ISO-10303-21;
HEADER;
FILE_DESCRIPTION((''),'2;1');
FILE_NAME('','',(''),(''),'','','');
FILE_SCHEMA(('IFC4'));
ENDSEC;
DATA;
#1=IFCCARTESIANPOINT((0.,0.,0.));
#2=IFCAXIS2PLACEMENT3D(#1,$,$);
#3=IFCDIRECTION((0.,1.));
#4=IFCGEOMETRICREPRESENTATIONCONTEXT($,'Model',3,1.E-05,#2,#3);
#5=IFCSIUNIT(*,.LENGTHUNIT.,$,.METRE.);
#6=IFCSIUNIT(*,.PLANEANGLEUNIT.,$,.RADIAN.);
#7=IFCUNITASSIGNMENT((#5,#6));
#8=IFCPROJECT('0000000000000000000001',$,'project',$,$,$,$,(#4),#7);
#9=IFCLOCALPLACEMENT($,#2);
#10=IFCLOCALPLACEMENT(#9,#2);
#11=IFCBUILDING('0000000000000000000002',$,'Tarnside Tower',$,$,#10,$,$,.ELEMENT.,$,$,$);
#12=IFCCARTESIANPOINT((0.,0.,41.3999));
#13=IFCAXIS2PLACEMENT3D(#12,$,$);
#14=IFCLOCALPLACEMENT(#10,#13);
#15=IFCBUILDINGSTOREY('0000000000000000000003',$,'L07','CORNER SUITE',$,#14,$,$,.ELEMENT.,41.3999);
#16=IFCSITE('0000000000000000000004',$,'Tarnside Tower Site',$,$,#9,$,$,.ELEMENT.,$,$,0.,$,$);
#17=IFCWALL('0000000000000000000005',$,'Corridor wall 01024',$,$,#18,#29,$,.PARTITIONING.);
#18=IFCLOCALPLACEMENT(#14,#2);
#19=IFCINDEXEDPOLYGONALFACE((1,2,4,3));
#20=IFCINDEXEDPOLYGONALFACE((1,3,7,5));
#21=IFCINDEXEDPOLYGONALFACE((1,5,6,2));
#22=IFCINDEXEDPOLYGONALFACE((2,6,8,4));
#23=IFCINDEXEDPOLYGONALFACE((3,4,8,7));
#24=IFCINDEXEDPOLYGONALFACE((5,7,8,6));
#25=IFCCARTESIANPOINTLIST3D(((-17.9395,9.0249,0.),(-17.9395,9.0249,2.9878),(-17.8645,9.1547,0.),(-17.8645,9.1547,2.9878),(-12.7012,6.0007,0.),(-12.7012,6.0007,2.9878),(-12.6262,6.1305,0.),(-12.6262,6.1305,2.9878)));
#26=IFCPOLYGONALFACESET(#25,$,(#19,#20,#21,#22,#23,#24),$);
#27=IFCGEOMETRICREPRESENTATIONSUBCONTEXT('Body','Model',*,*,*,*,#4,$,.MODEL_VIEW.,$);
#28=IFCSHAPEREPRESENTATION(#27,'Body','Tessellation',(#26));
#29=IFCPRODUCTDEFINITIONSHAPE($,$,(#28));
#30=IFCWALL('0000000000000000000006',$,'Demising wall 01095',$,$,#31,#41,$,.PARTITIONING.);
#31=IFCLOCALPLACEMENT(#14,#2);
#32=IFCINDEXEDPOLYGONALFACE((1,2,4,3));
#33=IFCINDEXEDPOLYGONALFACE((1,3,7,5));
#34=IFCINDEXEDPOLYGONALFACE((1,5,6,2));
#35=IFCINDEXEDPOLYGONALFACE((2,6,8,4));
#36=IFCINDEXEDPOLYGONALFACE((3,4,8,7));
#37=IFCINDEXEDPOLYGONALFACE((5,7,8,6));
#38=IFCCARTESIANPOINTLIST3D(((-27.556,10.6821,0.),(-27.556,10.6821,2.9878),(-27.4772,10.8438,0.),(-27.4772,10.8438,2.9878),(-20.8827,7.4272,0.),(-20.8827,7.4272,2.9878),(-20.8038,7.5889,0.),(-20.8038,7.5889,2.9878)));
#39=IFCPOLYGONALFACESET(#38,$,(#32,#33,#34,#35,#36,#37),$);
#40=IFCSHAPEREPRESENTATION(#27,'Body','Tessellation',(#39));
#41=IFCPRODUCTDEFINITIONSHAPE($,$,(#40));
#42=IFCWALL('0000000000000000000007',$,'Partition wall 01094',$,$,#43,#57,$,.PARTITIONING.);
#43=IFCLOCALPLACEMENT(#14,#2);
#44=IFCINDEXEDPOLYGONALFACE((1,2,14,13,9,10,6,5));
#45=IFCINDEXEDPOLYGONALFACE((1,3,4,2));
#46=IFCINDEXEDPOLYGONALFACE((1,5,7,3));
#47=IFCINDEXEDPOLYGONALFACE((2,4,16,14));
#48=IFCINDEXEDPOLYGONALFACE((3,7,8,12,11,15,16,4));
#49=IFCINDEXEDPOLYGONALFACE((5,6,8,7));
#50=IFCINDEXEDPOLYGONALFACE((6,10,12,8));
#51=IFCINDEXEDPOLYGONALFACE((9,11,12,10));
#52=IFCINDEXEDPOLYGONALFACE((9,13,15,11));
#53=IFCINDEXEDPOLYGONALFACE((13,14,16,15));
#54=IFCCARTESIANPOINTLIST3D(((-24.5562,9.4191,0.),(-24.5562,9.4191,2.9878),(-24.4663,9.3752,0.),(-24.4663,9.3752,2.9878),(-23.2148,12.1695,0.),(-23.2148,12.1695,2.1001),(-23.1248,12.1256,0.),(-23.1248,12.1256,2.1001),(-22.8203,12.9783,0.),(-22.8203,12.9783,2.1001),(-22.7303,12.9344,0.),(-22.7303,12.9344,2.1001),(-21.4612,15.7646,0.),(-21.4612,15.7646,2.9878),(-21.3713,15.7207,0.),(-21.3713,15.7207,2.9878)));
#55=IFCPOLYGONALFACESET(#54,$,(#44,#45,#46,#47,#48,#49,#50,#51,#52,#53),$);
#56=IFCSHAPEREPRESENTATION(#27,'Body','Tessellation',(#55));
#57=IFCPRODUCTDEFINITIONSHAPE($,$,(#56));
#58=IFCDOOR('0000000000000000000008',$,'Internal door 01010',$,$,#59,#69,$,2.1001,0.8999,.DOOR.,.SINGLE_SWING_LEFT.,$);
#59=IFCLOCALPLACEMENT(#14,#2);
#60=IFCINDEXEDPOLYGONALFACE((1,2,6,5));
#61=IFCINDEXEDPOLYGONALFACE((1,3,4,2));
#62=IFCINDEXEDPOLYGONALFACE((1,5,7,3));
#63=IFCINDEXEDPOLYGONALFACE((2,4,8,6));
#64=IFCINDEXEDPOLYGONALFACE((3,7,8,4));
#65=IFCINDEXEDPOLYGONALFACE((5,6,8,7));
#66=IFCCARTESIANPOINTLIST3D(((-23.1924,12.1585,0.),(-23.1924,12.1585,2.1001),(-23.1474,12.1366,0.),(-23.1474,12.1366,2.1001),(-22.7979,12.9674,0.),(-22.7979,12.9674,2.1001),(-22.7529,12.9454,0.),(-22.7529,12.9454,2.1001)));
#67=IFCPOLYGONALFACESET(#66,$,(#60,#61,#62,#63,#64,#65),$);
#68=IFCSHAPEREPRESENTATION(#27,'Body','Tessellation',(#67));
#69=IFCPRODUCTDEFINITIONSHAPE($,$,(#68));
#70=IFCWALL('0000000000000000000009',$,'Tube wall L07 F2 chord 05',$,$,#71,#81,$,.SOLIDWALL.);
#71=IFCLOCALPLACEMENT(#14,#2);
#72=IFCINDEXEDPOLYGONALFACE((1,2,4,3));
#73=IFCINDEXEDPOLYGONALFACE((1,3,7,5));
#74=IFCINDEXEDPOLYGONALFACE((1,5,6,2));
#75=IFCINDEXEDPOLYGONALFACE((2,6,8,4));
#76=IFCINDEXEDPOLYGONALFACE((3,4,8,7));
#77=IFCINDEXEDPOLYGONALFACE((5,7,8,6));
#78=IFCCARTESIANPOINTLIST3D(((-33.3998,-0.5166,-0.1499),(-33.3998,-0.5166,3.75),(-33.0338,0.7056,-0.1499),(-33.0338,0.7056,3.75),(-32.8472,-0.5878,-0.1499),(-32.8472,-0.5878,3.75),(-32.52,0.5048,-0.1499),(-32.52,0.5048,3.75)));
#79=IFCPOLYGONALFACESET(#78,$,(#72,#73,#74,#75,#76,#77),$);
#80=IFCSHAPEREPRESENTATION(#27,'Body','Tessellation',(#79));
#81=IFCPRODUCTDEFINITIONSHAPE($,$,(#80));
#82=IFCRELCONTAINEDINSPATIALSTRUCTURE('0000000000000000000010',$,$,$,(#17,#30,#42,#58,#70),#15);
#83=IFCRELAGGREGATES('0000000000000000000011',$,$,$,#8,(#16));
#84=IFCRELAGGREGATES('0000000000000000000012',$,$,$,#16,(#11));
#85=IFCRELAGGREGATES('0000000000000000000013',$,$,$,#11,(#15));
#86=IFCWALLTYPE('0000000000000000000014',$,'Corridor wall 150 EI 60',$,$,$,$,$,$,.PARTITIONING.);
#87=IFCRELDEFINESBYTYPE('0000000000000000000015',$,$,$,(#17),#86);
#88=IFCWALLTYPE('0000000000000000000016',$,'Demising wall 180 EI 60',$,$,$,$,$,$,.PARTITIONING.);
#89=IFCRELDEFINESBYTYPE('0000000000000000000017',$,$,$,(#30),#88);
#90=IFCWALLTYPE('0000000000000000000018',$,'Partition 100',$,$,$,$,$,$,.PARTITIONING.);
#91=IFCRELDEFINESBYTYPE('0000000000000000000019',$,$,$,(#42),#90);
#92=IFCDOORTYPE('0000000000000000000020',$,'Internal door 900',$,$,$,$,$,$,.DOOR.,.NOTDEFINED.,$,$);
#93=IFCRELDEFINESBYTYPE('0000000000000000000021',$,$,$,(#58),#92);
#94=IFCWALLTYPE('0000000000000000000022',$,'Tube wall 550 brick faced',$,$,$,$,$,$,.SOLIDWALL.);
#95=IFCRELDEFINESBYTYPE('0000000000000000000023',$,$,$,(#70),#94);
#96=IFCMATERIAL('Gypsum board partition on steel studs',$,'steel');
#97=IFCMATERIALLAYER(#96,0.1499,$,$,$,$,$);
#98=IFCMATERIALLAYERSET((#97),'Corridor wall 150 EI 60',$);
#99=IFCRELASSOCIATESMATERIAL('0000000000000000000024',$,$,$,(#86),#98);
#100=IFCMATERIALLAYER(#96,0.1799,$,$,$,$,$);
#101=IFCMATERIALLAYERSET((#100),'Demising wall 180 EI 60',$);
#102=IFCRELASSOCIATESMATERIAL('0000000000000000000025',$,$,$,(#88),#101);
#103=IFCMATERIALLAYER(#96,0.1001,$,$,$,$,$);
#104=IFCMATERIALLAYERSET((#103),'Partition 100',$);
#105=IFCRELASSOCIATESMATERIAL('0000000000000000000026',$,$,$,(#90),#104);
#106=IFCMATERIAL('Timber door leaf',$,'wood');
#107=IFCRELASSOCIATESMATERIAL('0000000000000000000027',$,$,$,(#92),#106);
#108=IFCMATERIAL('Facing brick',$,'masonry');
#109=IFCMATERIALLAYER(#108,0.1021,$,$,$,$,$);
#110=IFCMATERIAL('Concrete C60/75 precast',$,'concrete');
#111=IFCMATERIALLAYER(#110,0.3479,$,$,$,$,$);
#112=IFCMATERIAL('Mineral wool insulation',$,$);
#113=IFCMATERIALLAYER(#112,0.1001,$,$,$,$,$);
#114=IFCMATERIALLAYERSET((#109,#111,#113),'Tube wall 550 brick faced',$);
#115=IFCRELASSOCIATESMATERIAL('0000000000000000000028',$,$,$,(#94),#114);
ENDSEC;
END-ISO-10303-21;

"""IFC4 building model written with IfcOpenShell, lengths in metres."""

from ifc_helpers import new_model, si_unit, direction, frame, frame_2d, origin, place, context, subcontext, project, spatial, polyline, rectangle, outline, extrude, material, layer, layer_set, type_object, element, fill, save


model = new_model("IFC4")

# Units and contexts
model_context = context("Model", 3, precision=1e-05, world=origin(), true_north=direction((0.0, 1.0)))
body_context = subcontext(model_context, "Body", "Model", "MODEL_VIEW")
ifc_project = project(units=[si_unit("LENGTHUNIT", "METRE"), si_unit("PLANEANGLEUNIT", "RADIAN")], contexts=[model_context])

# Site, building, storey
site_placement = place(None, origin())
site = spatial("IfcSite", under=ifc_project, at=site_placement, Name="Tarnside Tower Site", CompositionType="ELEMENT", RefElevation=0.0)
building_placement = place(site_placement, origin())
building = spatial("IfcBuilding", under=site, at=building_placement, Name="Tarnside Tower", CompositionType="ELEMENT")
storey_placement = place(building_placement, frame((0.0, 0.0, 41.3999)))
storey = spatial("IfcBuildingStorey", under=building, at=storey_placement, Name="L07", Description="CORNER SUITE", CompositionType="ELEMENT", Elevation=41.3999)

# Shared definitions
ifc_material_1 = material(Name="Gypsum board partition on steel studs", Category="steel")

# Shared definitions
ifc_material_2 = material(Name="Timber door leaf", Category="wood")

# Shared definitions
ifc_layer_1 = layer(ifc_material_1, 0.1499)
ifc_layer_set_1 = layer_set([ifc_layer_1], Name="Corridor wall 150 EI 60")
wall_type_1 = type_object("IfcWallType", Name="Corridor wall 150 EI 60", PredefinedType="PARTITIONING", material=ifc_layer_set_1)

# Walls
wall_1_placement = place(storey_placement, frame((-17.9021, 9.0898, 0.0), z_axis=(0.0, 0.0, 1.0), x_axis=(0.866036, -0.499981, 0.0)))
element("IfcWall", 1, at=wall_1_placement, inside=storey, type_object=wall_type_1, Name="Corridor wall 01024", PredefinedType="PARTITIONING", context=body_context, shape_type="SweptSolid", body=[
    extrude(rectangle(XDim=6.0486, YDim=0.1499, at=frame_2d((3.0244, 0.0))), origin(), (0.0, 0.0, 1.0), 2.9878),
])
ifc_layer_2 = layer(ifc_material_1, 0.1799)
ifc_layer_set_2 = layer_set([ifc_layer_2], Name="Demising wall 180 EI 60")
wall_type_2 = type_object("IfcWallType", Name="Demising wall 180 EI 60", PredefinedType="PARTITIONING", material=ifc_layer_set_2)
wall_2_placement = place(storey_placement, frame((-27.5166, 10.7629, 0.0), z_axis=(0.0, 0.0, 1.0), x_axis=(0.89879, -0.43838, 0.0)))
element("IfcWall", 2, at=wall_2_placement, inside=storey, type_object=wall_type_2, Name="Demising wall 01095", PredefinedType="PARTITIONING", context=body_context, shape_type="SweptSolid", body=[
    extrude(rectangle(XDim=7.4248, YDim=0.1799, at=frame_2d((3.7124, 0.0))), origin(), (0.0, 0.0, 1.0), 2.9878),
])

# Wall, opening, door
ifc_layer_3 = layer(ifc_material_1, 0.1001)
ifc_layer_set_3 = layer_set([ifc_layer_3], Name="Partition 100")
wall_type_3 = type_object("IfcWallType", Name="Partition 100", PredefinedType="PARTITIONING", material=ifc_layer_set_3)
wall_3_placement = place(storey_placement, frame((-21.4163, 15.7427, 0.0), z_axis=(0.0, 0.0, 1.0), x_axis=(-0.438381, -0.898789, 0.0)))
wall_3 = element("IfcWall", 3, at=wall_3_placement, inside=storey, type_object=wall_type_3, Name="Partition wall 01094", PredefinedType="PARTITIONING", context=body_context, shape_type="SweptSolid", body=[
    extrude(rectangle(XDim=7.0601, YDim=0.1001, at=frame_2d((3.53, 0.0))), origin(), (0.0, 0.0, 1.0), 2.9878),
])
opening_1_placement = place(wall_3_placement, frame((3.1001, 0.0, 0.0)))
opening_1 = element("IfcOpeningElement", 4, at=opening_1_placement, cuts=wall_3, PredefinedType="OPENING", context=body_context, shape_type="SweptSolid", body=[
    extrude(rectangle(XDim=0.8999, YDim=2.1001, at=frame_2d((0.45, 1.05))), frame((0.0, 0.0601, 0.0), z_axis=(0.0, -1.0, 0.0), x_axis=(1.0, 0.0, 0.0)), (0.0, 0.0, 1.0), 0.1201),
])
door_type_1 = type_object("IfcDoorType", Name="Internal door 900", OperationType="NOTDEFINED", PredefinedType="DOOR", material=ifc_material_2)
door_1_placement = place(opening_1_placement, origin())
door_1 = element("IfcDoor", 5, at=door_1_placement, inside=storey, type_object=door_type_1, Name="Internal door 01010", OperationType="SINGLE_SWING_LEFT", OverallHeight=2.1001, OverallWidth=0.8999, PredefinedType="DOOR", context=body_context, shape_type="SweptSolid", body=[
    extrude(rectangle(XDim=0.8999, YDim=2.1001, at=frame_2d((0.45, 1.05))), frame((0.0, 0.0249, 0.0), z_axis=(0.0, -1.0, 0.0), x_axis=(1.0, 0.0, 0.0)), (0.0, 0.0, 1.0), 0.05),
])
fill(opening_1, door_1)

# Wall
ifc_material_3 = material(Name="Facing brick", Category="masonry")
ifc_layer_4 = layer(ifc_material_3, 0.1021)
ifc_material_4 = material(Name="Concrete C60/75 precast", Category="concrete")
ifc_layer_5 = layer(ifc_material_4, 0.3479)
ifc_material_5 = material(Name="Mineral wool insulation")
ifc_layer_6 = layer(ifc_material_5, 0.1001)
ifc_layer_set_4 = layer_set([ifc_layer_4, ifc_layer_5, ifc_layer_6], Name="Tube wall 550 brick faced")
wall_type_4 = type_object("IfcWallType", Name="Tube wall 550 brick faced", PredefinedType="SOLIDWALL", material=ifc_layer_set_4)
wall_4_placement = place(storey_placement, frame((-32.7769, 0.6052, -0.1499), z_axis=(0.0, 0.0, 1.0), x_axis=(-0.286921, -0.957954, 0.0)))
element("IfcWall", 6, at=wall_4_placement, inside=storey, type_object=wall_type_4, Name="Tube wall L07 F2 chord 05", PredefinedType="SOLIDWALL", context=body_context, shape_type="SweptSolid", body=[
    extrude(outline(polyline([(-0.0225, -0.2749), (1.2534, -0.2749), (1.1631, 0.2749), (0.0225, 0.2749), (-0.0225, -0.2749)])), origin(), (0.0, 0.0, 1.0), 3.8999),
])

save(model, "model.ifc")
